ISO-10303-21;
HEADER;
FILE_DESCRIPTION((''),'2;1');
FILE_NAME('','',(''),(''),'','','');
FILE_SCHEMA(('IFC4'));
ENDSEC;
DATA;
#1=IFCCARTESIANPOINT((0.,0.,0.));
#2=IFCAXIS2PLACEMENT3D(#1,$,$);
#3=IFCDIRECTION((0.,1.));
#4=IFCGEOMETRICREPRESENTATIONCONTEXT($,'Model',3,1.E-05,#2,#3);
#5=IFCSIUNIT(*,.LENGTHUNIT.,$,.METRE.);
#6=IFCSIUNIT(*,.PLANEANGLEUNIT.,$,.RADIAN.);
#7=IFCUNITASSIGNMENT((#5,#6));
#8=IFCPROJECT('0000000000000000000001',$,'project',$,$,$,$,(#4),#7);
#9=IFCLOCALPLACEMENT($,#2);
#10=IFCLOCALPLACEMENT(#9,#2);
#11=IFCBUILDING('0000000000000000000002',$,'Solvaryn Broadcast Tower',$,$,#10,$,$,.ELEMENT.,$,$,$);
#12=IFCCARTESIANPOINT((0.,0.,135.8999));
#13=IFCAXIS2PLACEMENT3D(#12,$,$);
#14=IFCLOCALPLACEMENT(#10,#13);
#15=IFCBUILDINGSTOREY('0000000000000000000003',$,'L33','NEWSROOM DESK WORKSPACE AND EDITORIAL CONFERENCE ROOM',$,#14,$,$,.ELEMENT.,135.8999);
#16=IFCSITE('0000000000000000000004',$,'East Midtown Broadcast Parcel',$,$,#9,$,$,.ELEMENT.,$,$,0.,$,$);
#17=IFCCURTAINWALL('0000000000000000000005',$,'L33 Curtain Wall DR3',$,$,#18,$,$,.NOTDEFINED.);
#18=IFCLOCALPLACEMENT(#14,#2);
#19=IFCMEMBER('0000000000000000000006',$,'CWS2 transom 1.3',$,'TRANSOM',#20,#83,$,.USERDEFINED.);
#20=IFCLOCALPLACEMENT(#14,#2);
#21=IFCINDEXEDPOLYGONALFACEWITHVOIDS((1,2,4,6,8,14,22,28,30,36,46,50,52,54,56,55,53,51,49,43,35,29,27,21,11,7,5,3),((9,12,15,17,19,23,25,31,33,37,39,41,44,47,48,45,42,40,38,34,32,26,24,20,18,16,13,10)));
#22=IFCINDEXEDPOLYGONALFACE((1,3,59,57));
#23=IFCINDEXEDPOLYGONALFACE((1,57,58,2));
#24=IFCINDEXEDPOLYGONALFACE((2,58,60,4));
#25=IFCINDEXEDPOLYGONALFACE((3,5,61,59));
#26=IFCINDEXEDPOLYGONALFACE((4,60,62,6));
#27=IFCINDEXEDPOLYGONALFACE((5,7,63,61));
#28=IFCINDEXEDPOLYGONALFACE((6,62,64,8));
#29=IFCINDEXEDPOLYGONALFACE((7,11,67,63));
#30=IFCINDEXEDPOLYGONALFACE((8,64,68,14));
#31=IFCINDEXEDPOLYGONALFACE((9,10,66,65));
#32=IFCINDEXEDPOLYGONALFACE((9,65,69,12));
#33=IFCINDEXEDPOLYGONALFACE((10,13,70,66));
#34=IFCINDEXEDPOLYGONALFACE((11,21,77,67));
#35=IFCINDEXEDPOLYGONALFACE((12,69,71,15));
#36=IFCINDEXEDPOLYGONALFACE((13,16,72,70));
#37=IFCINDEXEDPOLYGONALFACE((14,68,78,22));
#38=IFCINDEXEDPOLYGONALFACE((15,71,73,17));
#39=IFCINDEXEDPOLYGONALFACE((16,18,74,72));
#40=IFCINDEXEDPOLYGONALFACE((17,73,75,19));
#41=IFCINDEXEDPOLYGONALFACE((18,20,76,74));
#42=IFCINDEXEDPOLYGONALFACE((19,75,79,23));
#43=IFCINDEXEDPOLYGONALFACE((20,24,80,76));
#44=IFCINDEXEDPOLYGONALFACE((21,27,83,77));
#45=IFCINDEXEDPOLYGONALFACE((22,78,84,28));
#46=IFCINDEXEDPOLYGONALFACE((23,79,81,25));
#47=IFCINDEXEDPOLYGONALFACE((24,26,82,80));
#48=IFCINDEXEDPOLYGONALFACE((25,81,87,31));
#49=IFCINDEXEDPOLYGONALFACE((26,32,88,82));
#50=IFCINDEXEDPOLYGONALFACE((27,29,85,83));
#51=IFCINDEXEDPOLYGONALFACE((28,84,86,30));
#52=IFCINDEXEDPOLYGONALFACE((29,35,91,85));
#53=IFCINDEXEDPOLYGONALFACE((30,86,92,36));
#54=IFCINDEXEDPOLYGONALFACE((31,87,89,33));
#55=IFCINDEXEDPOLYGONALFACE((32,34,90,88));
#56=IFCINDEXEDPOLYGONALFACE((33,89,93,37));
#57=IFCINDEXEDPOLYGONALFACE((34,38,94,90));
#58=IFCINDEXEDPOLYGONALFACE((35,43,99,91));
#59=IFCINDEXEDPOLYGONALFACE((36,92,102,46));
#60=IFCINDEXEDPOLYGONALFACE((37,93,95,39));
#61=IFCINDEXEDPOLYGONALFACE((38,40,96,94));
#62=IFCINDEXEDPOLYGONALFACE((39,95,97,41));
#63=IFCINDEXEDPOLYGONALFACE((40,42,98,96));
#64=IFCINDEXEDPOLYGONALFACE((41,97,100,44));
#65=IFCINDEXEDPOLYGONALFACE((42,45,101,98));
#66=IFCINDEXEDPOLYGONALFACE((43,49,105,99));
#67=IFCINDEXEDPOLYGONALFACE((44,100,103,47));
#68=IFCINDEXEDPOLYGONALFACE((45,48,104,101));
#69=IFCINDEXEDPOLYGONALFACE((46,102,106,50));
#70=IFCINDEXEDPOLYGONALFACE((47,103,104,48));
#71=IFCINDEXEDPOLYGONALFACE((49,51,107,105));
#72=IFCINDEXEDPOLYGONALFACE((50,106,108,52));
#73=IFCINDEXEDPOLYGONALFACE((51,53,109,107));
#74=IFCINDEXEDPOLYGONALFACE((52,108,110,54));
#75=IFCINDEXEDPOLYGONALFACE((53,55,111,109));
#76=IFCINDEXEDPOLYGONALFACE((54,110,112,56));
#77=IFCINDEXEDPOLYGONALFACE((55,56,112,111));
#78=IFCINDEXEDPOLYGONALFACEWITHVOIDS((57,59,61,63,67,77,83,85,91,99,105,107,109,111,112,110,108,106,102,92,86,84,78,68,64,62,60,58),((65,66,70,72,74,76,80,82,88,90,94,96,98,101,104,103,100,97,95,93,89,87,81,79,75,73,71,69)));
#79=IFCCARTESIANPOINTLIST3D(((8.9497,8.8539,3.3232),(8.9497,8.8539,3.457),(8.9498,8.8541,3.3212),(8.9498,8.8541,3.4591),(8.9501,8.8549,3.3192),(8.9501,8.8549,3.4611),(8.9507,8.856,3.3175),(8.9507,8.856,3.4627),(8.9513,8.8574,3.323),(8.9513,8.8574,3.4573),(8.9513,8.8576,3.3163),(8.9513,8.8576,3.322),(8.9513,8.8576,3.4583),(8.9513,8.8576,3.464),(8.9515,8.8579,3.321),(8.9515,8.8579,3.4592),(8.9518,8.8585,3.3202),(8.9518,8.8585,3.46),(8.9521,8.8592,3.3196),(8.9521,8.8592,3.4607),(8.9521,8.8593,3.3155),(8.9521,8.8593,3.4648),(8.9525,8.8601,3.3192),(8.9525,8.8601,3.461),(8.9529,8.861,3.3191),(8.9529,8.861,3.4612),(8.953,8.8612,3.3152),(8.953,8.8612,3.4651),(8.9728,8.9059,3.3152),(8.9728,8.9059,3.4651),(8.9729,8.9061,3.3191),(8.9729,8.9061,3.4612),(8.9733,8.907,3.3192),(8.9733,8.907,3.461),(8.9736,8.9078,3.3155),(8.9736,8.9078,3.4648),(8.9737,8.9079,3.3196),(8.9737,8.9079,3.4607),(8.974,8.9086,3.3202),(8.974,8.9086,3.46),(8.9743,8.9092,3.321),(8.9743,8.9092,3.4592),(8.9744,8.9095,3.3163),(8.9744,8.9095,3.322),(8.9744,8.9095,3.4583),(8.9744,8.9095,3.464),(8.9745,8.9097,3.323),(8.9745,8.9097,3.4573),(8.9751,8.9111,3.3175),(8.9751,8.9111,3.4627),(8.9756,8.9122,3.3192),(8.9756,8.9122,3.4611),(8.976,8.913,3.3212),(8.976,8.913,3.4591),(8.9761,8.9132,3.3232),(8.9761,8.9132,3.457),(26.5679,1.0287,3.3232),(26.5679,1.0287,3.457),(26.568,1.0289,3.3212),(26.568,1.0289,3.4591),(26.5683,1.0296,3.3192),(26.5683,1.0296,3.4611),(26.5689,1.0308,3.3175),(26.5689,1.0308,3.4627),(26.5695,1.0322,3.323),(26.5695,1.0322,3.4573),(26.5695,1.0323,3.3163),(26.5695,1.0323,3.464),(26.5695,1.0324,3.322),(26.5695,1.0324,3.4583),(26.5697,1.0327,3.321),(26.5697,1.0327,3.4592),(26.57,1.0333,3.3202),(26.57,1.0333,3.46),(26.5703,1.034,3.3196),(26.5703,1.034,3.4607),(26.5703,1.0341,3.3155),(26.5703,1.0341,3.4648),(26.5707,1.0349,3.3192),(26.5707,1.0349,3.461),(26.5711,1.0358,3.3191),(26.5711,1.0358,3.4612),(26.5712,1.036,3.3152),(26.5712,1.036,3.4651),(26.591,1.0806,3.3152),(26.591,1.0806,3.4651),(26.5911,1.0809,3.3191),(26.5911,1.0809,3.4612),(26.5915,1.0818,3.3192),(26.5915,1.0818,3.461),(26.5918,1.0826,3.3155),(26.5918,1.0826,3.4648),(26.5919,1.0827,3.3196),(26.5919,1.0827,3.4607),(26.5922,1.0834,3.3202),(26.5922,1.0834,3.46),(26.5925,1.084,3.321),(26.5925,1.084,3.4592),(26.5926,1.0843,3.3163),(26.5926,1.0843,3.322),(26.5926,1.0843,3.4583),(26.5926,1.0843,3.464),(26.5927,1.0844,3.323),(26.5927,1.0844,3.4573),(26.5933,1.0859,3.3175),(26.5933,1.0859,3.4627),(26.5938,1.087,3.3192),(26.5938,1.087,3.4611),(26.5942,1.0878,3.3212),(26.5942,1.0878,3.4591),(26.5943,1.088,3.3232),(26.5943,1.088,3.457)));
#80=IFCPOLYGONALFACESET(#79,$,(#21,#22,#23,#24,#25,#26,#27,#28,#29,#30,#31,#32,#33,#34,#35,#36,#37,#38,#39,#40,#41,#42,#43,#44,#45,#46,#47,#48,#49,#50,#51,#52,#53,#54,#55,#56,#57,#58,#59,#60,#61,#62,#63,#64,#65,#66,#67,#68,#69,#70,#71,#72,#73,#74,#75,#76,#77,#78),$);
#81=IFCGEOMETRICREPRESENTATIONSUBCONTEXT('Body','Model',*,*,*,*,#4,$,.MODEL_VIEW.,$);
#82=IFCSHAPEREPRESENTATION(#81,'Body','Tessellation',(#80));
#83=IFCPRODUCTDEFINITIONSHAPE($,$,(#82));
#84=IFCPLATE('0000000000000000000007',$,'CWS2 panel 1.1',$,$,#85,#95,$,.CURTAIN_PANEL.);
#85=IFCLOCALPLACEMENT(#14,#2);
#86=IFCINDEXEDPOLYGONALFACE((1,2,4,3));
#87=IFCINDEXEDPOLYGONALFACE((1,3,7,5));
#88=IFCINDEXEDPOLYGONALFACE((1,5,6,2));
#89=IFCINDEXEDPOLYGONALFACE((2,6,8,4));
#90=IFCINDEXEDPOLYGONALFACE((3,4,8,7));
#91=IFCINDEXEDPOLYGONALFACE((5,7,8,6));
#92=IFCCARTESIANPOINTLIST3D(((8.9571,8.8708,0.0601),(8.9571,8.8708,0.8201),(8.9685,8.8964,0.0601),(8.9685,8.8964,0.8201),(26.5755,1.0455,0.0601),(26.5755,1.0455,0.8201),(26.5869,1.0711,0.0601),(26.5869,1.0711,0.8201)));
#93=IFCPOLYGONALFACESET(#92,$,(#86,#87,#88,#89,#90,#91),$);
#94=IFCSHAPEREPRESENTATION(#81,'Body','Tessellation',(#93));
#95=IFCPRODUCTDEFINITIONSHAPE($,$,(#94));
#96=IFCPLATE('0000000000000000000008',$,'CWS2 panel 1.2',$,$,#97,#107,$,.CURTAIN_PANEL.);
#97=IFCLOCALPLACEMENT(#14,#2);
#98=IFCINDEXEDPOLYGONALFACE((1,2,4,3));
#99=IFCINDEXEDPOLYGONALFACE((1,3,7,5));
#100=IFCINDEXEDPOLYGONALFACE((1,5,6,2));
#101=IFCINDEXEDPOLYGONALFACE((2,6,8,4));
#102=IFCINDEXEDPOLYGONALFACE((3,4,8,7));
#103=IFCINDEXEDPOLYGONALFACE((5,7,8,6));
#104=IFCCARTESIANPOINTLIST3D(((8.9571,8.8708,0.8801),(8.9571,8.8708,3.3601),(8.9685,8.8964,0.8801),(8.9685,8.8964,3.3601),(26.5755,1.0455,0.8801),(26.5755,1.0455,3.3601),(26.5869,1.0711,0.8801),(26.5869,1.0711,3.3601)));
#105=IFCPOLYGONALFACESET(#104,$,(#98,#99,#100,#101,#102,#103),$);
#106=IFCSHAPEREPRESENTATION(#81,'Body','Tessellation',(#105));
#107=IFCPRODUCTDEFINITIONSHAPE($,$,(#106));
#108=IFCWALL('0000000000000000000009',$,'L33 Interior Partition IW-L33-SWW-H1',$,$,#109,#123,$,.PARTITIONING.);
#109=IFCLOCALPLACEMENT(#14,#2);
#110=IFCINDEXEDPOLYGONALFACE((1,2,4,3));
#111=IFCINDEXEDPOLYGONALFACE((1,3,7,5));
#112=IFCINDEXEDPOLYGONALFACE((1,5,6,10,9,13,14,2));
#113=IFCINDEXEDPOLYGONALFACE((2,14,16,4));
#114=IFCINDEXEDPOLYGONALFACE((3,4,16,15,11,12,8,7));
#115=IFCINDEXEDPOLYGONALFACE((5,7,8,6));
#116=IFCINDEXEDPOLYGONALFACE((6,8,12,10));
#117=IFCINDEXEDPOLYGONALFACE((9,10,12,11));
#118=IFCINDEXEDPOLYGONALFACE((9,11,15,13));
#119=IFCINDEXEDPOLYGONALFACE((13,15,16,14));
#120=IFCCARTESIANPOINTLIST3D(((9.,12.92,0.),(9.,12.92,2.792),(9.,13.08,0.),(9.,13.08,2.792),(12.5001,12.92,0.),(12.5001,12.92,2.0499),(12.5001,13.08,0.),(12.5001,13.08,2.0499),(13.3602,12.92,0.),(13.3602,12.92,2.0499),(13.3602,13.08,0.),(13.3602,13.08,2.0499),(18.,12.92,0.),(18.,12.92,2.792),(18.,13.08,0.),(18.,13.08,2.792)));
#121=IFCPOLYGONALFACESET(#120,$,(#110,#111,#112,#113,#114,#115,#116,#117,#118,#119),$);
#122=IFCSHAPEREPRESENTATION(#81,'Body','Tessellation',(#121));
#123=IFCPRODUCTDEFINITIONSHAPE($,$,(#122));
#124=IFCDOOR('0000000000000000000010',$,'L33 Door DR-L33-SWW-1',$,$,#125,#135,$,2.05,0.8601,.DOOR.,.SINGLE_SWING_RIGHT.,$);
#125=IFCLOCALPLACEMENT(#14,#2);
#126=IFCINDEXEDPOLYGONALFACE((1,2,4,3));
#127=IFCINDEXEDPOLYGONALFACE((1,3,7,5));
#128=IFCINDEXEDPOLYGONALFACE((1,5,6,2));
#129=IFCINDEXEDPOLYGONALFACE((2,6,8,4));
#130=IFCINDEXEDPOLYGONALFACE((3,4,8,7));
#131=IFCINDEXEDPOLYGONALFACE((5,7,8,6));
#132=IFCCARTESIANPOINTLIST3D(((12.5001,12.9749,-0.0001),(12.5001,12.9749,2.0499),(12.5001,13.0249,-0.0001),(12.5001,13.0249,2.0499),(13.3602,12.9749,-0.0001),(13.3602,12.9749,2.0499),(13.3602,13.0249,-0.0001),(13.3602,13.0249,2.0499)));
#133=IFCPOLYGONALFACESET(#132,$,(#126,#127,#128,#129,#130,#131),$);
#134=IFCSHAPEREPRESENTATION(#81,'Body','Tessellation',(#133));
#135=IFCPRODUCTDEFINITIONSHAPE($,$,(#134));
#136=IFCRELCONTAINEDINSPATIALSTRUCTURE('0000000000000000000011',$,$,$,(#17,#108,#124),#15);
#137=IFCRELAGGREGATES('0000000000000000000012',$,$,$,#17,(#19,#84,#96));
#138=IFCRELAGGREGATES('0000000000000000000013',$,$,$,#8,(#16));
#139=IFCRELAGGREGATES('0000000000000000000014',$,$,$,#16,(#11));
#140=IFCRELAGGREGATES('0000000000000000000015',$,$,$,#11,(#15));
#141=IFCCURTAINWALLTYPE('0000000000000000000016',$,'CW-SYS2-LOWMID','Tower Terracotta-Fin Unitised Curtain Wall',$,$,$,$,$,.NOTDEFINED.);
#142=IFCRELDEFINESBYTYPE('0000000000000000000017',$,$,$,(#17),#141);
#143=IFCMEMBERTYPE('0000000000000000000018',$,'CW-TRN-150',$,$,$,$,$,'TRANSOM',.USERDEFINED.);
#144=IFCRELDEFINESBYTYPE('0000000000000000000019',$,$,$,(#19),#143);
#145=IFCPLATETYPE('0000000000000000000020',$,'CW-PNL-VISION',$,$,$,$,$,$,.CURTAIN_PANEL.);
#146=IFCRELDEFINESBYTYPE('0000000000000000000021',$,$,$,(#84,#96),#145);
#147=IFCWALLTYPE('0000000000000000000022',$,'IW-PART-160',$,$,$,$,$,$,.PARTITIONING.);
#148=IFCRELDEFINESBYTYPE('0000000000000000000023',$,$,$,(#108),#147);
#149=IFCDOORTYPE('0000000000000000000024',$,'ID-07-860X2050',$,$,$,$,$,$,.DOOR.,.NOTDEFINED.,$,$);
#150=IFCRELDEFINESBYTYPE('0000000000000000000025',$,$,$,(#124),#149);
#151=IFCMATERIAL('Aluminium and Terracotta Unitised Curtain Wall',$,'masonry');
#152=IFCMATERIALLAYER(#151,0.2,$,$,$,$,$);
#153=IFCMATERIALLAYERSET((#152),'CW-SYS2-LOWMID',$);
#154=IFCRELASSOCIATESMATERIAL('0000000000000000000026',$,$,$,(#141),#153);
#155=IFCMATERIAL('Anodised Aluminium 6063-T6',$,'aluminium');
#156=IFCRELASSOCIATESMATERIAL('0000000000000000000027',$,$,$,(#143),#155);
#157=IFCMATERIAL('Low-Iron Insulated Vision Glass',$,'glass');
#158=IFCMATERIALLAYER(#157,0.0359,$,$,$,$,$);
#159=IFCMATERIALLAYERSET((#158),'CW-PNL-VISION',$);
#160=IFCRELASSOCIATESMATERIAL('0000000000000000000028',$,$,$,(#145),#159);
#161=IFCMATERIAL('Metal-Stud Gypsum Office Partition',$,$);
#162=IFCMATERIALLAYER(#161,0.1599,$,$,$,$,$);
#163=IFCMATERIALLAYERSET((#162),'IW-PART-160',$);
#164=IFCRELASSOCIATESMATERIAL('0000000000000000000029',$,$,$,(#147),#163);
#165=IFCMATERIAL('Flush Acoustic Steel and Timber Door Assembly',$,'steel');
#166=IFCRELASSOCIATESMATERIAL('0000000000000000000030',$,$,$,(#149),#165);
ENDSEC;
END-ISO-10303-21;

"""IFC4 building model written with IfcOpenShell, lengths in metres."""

from ifc_helpers import new_model, si_unit, direction, frame, frame_2d, origin, origin_2d, place, context, subcontext, project, spatial, rectangle, hollow_rectangle, extrude, material, layer, layer_set, material_profile, profile_set, type_object, element, fill, aggregate, save


model = new_model("IFC4")

# Units and contexts
model_context = context("Model", 3, precision=1e-05, world=origin(), true_north=direction((0.0, 1.0)))
body_context = subcontext(model_context, "Body", "Model", "MODEL_VIEW")
ifc_project = project(units=[si_unit("LENGTHUNIT", "METRE"), si_unit("PLANEANGLEUNIT", "RADIAN")], contexts=[model_context])

# Site, building, storey
site_placement = place(None, origin())
site = spatial("IfcSite", under=ifc_project, at=site_placement, Name="East Midtown Broadcast Parcel", CompositionType="ELEMENT", RefElevation=0.0)
building_placement = place(site_placement, origin())
building = spatial("IfcBuilding", under=site, at=building_placement, Name="Solvaryn Broadcast Tower", CompositionType="ELEMENT")
storey_placement = place(building_placement, frame((0.0, 0.0, 135.8999)))
storey = spatial("IfcBuildingStorey", under=building, at=storey_placement, Name="L33", Description="NEWSROOM DESK WORKSPACE AND EDITORIAL CONFERENCE ROOM", CompositionType="ELEMENT", Elevation=135.8999)

# Shared definitions
ifc_material_1 = material(Name="Aluminium and Terracotta Unitised Curtain Wall", Category="masonry")
ifc_layer_1 = layer(ifc_material_1, 0.2)
ifc_layer_set_1 = layer_set([ifc_layer_1], Name="CW-SYS2-LOWMID")
curtain_wall_type = type_object("IfcCurtainWallType", Name="CW-SYS2-LOWMID", Description="Tower Terracotta-Fin Unitised Curtain Wall", PredefinedType="NOTDEFINED", material=ifc_layer_set_1)

# Curtain wall, member, plates
curtain_wall_1_placement = place(storey_placement, origin())
curtain_wall_1 = element("IfcCurtainWall", 1, at=curtain_wall_1_placement, inside=storey, type_object=curtain_wall_type, Name="L33 Curtain Wall DR3", PredefinedType="NOTDEFINED")
ifc_material_2 = material(Name="Anodised Aluminium 6063-T6", Category="aluminium")
ifc_material_profile_1 = material_profile(ifc_material_2, hollow_rectangle(XDim=0.0649, YDim=0.1499, WallThickness=0.0039, InnerFilletRadius=0.0039, OuterFilletRadius=0.0081, at=origin_2d()))
ifc_profile_set_1 = profile_set([ifc_material_profile_1], Name="Anodised Aluminium 6063-T6")
member_type_1 = type_object("IfcMemberType", Name="CW-TRN-150", ElementType="TRANSOM", PredefinedType="USERDEFINED", material=ifc_profile_set_1)
member_1_placement = place(storey_placement, frame((8.9629, 8.8835, 3.3901), z_axis=(0.91391, -0.405918, 0.0), x_axis=(0.405918, 0.91391, 0.0)))
member_1 = element("IfcMember", 2, at=member_1_placement, type_object=member_type_1, Name="CWS2 transom 1.3", ObjectType="TRANSOM", PredefinedType="USERDEFINED", context=body_context, shape_type="SweptSolid", body=[
    extrude(hollow_rectangle(XDim=0.0649, YDim=0.1499, WallThickness=0.0039, InnerFilletRadius=0.0039, OuterFilletRadius=0.0081, at=origin_2d()), origin(), (0.0, 0.0, 1.0), 19.2778),
])
ifc_material_3 = material(Name="Low-Iron Insulated Vision Glass", Category="glass")
ifc_layer_2 = layer(ifc_material_3, 0.0359)
ifc_layer_set_2 = layer_set([ifc_layer_2], Name="CW-PNL-VISION")
plate_type = type_object("IfcPlateType", Name="CW-PNL-VISION", PredefinedType="CURTAIN_PANEL", material=ifc_layer_set_2)
plate_1_placement = place(storey_placement, frame((17.772, 4.9709, 0.0601), z_axis=(0.0, 0.0, 1.0), x_axis=(0.913909, -0.405918, 0.0)))
plate_1 = element("IfcPlate", 3, at=plate_1_placement, type_object=plate_type, Name="CWS2 panel 1.1", PredefinedType="CURTAIN_PANEL", context=body_context, shape_type="SweptSolid", body=[
    extrude(rectangle(XDim=19.2781, YDim=0.0281, at=origin_2d()), origin(), (0.0, 0.0, 1.0), 0.76),
])
plate_2_placement = place(storey_placement, frame((17.772, 4.9709, 0.8801), z_axis=(0.0, 0.0, 1.0), x_axis=(0.913909, -0.405918, 0.0)))
plate_2 = element("IfcPlate", 4, at=plate_2_placement, type_object=plate_type, Name="CWS2 panel 1.2", PredefinedType="CURTAIN_PANEL", context=body_context, shape_type="SweptSolid", body=[
    extrude(rectangle(XDim=19.2781, YDim=0.0281, at=origin_2d()), origin(), (0.0, 0.0, 1.0), 2.48),
])
aggregate(curtain_wall_1, [member_1, plate_1, plate_2])

# Wall, opening, door
ifc_material_4 = material(Name="Metal-Stud Gypsum Office Partition")
ifc_layer_3 = layer(ifc_material_4, 0.1599)
ifc_layer_set_3 = layer_set([ifc_layer_3], Name="IW-PART-160")
wall_type_1 = type_object("IfcWallType", Name="IW-PART-160", PredefinedType="PARTITIONING", material=ifc_layer_set_3)
wall_1_placement = place(storey_placement, frame((9.0, 13.0, 0.0), z_axis=(0.0, 0.0, 1.0), x_axis=(1.0, 0.0, 0.0)))
wall_1 = element("IfcWall", 5, at=wall_1_placement, inside=storey, type_object=wall_type_1, Name="L33 Interior Partition IW-L33-SWW-H1", PredefinedType="PARTITIONING", context=body_context, shape_type="SweptSolid", body=[
    extrude(rectangle(XDim=9.0, YDim=0.1599, at=frame_2d((4.5, 0.0))), origin(), (0.0, 0.0, 1.0), 2.792),
])
opening_1_placement = place(wall_1_placement, frame((3.5, 0.0, 0.0)))
opening_1 = element("IfcOpeningElement", 6, at=opening_1_placement, cuts=wall_1, PredefinedType="OPENING", context=body_context, shape_type="SweptSolid", body=[
    extrude(rectangle(XDim=0.8601, YDim=2.05, at=frame_2d((0.4302, 1.0249))), frame((0.0, 0.0901, 0.0), z_axis=(0.0, -1.0, 0.0), x_axis=(1.0, 0.0, 0.0)), (0.0, 0.0, 1.0), 0.1799),
])
ifc_material_5 = material(Name="Flush Acoustic Steel and Timber Door Assembly", Category="steel")
door_type_1 = type_object("IfcDoorType", Name="ID-07-860X2050", OperationType="NOTDEFINED", PredefinedType="DOOR", material=ifc_material_5)
door_1_placement = place(opening_1_placement, origin())
door_1 = element("IfcDoor", 7, at=door_1_placement, inside=storey, type_object=door_type_1, Name="L33 Door DR-L33-SWW-1", OperationType="SINGLE_SWING_RIGHT", OverallHeight=2.05, OverallWidth=0.8601, PredefinedType="DOOR", context=body_context, shape_type="SweptSolid", body=[
    extrude(rectangle(XDim=0.8601, YDim=2.05, at=frame_2d((0.4302, 1.0249))), frame((0.0, 0.0249, 0.0), z_axis=(0.0, -1.0, 0.0), x_axis=(1.0, 0.0, 0.0)), (0.0, 0.0, 1.0), 0.05),
])
fill(opening_1, door_1)

save(model, "model.ifc")
